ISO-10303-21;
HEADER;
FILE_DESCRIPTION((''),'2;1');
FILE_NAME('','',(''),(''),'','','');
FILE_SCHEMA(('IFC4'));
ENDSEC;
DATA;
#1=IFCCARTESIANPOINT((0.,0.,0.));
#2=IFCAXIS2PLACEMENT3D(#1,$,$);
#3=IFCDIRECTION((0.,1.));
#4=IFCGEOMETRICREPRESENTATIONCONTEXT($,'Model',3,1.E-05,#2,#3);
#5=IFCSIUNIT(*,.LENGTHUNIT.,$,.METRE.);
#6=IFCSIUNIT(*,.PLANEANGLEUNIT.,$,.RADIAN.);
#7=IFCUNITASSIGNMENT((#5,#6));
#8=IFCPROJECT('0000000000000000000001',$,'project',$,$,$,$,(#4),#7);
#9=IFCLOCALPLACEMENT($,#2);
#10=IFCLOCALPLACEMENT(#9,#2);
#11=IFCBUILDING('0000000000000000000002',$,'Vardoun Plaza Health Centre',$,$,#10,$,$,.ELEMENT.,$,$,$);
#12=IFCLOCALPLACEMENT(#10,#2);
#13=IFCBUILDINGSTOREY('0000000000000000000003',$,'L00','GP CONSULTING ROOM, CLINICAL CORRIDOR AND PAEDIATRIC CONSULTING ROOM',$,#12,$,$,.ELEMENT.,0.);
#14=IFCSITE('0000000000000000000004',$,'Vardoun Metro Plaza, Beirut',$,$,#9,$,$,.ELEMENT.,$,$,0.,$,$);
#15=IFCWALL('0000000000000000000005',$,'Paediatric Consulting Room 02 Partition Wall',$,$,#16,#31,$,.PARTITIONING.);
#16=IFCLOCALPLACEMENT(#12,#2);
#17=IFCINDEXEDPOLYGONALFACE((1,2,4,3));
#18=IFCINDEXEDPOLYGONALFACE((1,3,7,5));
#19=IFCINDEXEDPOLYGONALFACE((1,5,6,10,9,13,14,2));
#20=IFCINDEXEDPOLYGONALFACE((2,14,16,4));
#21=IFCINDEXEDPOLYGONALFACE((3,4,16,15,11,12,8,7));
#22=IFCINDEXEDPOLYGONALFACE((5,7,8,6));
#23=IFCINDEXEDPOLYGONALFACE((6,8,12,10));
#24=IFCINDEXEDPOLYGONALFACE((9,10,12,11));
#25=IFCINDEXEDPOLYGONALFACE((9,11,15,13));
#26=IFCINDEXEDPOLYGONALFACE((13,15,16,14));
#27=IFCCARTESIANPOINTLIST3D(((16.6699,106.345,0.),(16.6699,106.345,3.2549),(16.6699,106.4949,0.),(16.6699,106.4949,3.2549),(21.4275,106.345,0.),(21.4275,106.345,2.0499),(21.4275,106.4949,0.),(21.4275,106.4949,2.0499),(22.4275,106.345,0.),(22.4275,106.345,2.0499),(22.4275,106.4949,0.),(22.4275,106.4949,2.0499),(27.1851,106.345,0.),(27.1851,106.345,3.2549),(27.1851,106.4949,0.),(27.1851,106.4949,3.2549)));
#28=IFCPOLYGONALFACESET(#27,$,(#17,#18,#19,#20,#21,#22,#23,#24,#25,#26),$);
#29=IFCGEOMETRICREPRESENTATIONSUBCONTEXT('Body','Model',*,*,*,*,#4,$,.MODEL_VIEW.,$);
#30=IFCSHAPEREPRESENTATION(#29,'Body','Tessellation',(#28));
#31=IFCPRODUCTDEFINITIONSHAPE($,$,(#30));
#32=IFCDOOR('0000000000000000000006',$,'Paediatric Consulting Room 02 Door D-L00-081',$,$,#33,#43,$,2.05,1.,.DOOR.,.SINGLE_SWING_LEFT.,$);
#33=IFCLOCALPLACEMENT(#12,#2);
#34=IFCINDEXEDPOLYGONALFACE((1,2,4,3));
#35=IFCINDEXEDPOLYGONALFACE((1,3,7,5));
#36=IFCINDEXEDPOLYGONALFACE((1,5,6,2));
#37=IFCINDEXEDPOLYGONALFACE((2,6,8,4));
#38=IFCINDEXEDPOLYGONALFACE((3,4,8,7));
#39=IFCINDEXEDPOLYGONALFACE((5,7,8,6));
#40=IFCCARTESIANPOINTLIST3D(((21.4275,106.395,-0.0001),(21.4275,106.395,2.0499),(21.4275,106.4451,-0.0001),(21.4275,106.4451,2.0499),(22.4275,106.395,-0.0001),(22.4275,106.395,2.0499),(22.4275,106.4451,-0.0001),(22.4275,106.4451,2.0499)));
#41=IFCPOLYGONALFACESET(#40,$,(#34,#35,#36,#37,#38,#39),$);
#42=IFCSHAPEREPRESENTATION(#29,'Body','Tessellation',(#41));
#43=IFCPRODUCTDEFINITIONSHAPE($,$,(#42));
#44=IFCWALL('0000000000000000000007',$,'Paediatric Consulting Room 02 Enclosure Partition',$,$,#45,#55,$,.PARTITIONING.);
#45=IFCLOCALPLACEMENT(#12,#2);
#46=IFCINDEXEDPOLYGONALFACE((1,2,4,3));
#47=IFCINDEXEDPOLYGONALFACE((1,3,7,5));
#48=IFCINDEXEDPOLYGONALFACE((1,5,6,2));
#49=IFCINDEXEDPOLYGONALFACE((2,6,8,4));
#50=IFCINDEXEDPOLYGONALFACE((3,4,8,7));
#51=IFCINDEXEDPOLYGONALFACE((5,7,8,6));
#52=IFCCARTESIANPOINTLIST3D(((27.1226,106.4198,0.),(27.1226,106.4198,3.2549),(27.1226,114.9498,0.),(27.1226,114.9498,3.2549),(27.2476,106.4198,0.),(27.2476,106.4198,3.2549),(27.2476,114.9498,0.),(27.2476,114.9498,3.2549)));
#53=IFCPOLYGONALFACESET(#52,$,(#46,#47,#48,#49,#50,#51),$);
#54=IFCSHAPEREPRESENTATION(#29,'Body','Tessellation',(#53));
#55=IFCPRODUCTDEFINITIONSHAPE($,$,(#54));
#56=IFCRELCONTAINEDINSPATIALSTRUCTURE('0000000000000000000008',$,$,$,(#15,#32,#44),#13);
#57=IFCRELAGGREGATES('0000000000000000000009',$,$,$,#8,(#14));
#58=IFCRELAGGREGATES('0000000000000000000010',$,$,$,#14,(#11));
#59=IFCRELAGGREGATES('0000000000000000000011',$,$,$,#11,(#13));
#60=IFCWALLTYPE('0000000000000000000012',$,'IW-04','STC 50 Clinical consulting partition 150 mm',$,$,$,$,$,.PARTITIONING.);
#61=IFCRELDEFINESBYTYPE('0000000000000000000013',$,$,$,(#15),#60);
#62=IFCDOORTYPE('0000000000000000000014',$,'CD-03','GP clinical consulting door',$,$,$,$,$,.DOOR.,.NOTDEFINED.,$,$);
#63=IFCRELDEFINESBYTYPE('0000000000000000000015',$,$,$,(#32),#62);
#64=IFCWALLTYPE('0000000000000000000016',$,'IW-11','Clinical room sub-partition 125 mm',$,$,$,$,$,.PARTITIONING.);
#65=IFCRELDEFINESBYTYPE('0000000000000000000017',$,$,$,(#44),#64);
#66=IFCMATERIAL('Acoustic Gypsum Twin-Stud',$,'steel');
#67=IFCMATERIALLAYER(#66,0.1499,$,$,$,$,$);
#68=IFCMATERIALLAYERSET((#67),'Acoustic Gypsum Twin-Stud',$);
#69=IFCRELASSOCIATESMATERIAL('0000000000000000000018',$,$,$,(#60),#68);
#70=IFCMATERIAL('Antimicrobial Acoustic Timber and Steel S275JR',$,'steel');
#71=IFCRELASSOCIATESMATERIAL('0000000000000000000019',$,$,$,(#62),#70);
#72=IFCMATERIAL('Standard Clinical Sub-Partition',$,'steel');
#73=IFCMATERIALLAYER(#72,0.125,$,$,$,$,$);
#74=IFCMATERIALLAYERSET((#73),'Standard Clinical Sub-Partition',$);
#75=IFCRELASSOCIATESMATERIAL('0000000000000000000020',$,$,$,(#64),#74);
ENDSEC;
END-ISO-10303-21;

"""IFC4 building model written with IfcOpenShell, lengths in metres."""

from ifc_helpers import new_model, si_unit, direction, frame, frame_2d, origin, place, context, subcontext, project, spatial, rectangle, extrude, material, layer, layer_set, type_object, element, fill, save


model = new_model("IFC4")

# Units and contexts
model_context = context("Model", 3, precision=1e-05, world=origin(), true_north=direction((0.0, 1.0)))
body_context = subcontext(model_context, "Body", "Model", "MODEL_VIEW")
ifc_project = project(units=[si_unit("LENGTHUNIT", "METRE"), si_unit("PLANEANGLEUNIT", "RADIAN")], contexts=[model_context])

# Site, building, storey
site_placement = place(None, origin())
site = spatial("IfcSite", under=ifc_project, at=site_placement, Name="Vardoun Metro Plaza, Beirut", CompositionType="ELEMENT", RefElevation=0.0)
building_placement = place(site_placement, origin())
building = spatial("IfcBuilding", under=site, at=building_placement, Name="Vardoun Plaza Health Centre", CompositionType="ELEMENT")
storey_placement = place(building_placement, origin())
storey = spatial("IfcBuildingStorey", under=building, at=storey_placement, Name="L00", Description="GP CONSULTING ROOM, CLINICAL CORRIDOR AND PAEDIATRIC CONSULTING ROOM", CompositionType="ELEMENT", Elevation=0.0)

# Wall, opening, door
ifc_material_1 = material(Name="Acoustic Gypsum Twin-Stud", Category="steel")
ifc_layer_1 = layer(ifc_material_1, 0.1499)
ifc_layer_set_1 = layer_set([ifc_layer_1], Name="Acoustic Gypsum Twin-Stud")
wall_type_1 = type_object("IfcWallType", Name="IW-04", Description="STC 50 Clinical consulting partition 150 mm", PredefinedType="PARTITIONING", material=ifc_layer_set_1)
wall_1_placement = place(storey_placement, frame((27.1851, 106.4199, 0.0), z_axis=(0.0, 0.0, 1.0), x_axis=(-1.0, 0.0, 0.0)))
wall_1 = element("IfcWall", 1, at=wall_1_placement, inside=storey, type_object=wall_type_1, Name="Paediatric Consulting Room 02 Partition Wall", PredefinedType="PARTITIONING", context=body_context, shape_type="SweptSolid", body=[
    extrude(rectangle(XDim=10.5151, YDim=0.1499, at=frame_2d((5.2576, 0.0))), origin(), (0.0, 0.0, 1.0), 3.2549),
])
opening_1_placement = place(wall_1_placement, frame((4.7576, 0.0, 0.0)))
opening_1 = element("IfcOpeningElement", 2, at=opening_1_placement, cuts=wall_1, PredefinedType="OPENING", context=body_context, shape_type="SweptSolid", body=[
    extrude(rectangle(XDim=1.0, YDim=2.05, at=frame_2d((0.5, 1.0249))), frame((0.0, 0.075, 0.0), z_axis=(0.0, -1.0, 0.0), x_axis=(1.0, 0.0, 0.0)), (0.0, 0.0, 1.0), 0.1499),
])
ifc_material_2 = material(Name="Antimicrobial Acoustic Timber and Steel S275JR", Category="steel")
door_type = type_object("IfcDoorType", Name="CD-03", Description="GP clinical consulting door", OperationType="NOTDEFINED", PredefinedType="DOOR", material=ifc_material_2)
door_placement = place(opening_1_placement, origin())
door = element("IfcDoor", 3, at=door_placement, inside=storey, type_object=door_type, Name="Paediatric Consulting Room 02 Door D-L00-081", OperationType="SINGLE_SWING_LEFT", OverallHeight=2.05, OverallWidth=1.0, PredefinedType="DOOR", context=body_context, shape_type="SweptSolid", body=[
    extrude(rectangle(XDim=1.0, YDim=2.05, at=frame_2d((0.5, 1.0249))), frame((0.0, 0.0249, 0.0), z_axis=(0.0, -1.0, 0.0), x_axis=(1.0, 0.0, 0.0)), (0.0, 0.0, 1.0), 0.05),
])
fill(opening_1, door)

# Wall
ifc_material_3 = material(Name="Standard Clinical Sub-Partition", Category="steel")
ifc_layer_2 = layer(ifc_material_3, 0.125)
ifc_layer_set_2 = layer_set([ifc_layer_2], Name="Standard Clinical Sub-Partition")
wall_type_2 = type_object("IfcWallType", Name="IW-11", Description="Clinical room sub-partition 125 mm", PredefinedType="PARTITIONING", material=ifc_layer_set_2)
wall_2_placement = place(storey_placement, frame((27.1851, 114.95, 0.0), z_axis=(0.0, 0.0, 1.0), x_axis=(0.0, -1.0, 0.0)))
element("IfcWall", 4, at=wall_2_placement, inside=storey, type_object=wall_type_2, Name="Paediatric Consulting Room 02 Enclosure Partition", PredefinedType="PARTITIONING", context=body_context, shape_type="SweptSolid", body=[
    extrude(rectangle(XDim=8.53, YDim=0.125, at=frame_2d((4.2651, 0.0))), origin(), (0.0, 0.0, 1.0), 3.2549),
])

save(model, "model.ifc")
